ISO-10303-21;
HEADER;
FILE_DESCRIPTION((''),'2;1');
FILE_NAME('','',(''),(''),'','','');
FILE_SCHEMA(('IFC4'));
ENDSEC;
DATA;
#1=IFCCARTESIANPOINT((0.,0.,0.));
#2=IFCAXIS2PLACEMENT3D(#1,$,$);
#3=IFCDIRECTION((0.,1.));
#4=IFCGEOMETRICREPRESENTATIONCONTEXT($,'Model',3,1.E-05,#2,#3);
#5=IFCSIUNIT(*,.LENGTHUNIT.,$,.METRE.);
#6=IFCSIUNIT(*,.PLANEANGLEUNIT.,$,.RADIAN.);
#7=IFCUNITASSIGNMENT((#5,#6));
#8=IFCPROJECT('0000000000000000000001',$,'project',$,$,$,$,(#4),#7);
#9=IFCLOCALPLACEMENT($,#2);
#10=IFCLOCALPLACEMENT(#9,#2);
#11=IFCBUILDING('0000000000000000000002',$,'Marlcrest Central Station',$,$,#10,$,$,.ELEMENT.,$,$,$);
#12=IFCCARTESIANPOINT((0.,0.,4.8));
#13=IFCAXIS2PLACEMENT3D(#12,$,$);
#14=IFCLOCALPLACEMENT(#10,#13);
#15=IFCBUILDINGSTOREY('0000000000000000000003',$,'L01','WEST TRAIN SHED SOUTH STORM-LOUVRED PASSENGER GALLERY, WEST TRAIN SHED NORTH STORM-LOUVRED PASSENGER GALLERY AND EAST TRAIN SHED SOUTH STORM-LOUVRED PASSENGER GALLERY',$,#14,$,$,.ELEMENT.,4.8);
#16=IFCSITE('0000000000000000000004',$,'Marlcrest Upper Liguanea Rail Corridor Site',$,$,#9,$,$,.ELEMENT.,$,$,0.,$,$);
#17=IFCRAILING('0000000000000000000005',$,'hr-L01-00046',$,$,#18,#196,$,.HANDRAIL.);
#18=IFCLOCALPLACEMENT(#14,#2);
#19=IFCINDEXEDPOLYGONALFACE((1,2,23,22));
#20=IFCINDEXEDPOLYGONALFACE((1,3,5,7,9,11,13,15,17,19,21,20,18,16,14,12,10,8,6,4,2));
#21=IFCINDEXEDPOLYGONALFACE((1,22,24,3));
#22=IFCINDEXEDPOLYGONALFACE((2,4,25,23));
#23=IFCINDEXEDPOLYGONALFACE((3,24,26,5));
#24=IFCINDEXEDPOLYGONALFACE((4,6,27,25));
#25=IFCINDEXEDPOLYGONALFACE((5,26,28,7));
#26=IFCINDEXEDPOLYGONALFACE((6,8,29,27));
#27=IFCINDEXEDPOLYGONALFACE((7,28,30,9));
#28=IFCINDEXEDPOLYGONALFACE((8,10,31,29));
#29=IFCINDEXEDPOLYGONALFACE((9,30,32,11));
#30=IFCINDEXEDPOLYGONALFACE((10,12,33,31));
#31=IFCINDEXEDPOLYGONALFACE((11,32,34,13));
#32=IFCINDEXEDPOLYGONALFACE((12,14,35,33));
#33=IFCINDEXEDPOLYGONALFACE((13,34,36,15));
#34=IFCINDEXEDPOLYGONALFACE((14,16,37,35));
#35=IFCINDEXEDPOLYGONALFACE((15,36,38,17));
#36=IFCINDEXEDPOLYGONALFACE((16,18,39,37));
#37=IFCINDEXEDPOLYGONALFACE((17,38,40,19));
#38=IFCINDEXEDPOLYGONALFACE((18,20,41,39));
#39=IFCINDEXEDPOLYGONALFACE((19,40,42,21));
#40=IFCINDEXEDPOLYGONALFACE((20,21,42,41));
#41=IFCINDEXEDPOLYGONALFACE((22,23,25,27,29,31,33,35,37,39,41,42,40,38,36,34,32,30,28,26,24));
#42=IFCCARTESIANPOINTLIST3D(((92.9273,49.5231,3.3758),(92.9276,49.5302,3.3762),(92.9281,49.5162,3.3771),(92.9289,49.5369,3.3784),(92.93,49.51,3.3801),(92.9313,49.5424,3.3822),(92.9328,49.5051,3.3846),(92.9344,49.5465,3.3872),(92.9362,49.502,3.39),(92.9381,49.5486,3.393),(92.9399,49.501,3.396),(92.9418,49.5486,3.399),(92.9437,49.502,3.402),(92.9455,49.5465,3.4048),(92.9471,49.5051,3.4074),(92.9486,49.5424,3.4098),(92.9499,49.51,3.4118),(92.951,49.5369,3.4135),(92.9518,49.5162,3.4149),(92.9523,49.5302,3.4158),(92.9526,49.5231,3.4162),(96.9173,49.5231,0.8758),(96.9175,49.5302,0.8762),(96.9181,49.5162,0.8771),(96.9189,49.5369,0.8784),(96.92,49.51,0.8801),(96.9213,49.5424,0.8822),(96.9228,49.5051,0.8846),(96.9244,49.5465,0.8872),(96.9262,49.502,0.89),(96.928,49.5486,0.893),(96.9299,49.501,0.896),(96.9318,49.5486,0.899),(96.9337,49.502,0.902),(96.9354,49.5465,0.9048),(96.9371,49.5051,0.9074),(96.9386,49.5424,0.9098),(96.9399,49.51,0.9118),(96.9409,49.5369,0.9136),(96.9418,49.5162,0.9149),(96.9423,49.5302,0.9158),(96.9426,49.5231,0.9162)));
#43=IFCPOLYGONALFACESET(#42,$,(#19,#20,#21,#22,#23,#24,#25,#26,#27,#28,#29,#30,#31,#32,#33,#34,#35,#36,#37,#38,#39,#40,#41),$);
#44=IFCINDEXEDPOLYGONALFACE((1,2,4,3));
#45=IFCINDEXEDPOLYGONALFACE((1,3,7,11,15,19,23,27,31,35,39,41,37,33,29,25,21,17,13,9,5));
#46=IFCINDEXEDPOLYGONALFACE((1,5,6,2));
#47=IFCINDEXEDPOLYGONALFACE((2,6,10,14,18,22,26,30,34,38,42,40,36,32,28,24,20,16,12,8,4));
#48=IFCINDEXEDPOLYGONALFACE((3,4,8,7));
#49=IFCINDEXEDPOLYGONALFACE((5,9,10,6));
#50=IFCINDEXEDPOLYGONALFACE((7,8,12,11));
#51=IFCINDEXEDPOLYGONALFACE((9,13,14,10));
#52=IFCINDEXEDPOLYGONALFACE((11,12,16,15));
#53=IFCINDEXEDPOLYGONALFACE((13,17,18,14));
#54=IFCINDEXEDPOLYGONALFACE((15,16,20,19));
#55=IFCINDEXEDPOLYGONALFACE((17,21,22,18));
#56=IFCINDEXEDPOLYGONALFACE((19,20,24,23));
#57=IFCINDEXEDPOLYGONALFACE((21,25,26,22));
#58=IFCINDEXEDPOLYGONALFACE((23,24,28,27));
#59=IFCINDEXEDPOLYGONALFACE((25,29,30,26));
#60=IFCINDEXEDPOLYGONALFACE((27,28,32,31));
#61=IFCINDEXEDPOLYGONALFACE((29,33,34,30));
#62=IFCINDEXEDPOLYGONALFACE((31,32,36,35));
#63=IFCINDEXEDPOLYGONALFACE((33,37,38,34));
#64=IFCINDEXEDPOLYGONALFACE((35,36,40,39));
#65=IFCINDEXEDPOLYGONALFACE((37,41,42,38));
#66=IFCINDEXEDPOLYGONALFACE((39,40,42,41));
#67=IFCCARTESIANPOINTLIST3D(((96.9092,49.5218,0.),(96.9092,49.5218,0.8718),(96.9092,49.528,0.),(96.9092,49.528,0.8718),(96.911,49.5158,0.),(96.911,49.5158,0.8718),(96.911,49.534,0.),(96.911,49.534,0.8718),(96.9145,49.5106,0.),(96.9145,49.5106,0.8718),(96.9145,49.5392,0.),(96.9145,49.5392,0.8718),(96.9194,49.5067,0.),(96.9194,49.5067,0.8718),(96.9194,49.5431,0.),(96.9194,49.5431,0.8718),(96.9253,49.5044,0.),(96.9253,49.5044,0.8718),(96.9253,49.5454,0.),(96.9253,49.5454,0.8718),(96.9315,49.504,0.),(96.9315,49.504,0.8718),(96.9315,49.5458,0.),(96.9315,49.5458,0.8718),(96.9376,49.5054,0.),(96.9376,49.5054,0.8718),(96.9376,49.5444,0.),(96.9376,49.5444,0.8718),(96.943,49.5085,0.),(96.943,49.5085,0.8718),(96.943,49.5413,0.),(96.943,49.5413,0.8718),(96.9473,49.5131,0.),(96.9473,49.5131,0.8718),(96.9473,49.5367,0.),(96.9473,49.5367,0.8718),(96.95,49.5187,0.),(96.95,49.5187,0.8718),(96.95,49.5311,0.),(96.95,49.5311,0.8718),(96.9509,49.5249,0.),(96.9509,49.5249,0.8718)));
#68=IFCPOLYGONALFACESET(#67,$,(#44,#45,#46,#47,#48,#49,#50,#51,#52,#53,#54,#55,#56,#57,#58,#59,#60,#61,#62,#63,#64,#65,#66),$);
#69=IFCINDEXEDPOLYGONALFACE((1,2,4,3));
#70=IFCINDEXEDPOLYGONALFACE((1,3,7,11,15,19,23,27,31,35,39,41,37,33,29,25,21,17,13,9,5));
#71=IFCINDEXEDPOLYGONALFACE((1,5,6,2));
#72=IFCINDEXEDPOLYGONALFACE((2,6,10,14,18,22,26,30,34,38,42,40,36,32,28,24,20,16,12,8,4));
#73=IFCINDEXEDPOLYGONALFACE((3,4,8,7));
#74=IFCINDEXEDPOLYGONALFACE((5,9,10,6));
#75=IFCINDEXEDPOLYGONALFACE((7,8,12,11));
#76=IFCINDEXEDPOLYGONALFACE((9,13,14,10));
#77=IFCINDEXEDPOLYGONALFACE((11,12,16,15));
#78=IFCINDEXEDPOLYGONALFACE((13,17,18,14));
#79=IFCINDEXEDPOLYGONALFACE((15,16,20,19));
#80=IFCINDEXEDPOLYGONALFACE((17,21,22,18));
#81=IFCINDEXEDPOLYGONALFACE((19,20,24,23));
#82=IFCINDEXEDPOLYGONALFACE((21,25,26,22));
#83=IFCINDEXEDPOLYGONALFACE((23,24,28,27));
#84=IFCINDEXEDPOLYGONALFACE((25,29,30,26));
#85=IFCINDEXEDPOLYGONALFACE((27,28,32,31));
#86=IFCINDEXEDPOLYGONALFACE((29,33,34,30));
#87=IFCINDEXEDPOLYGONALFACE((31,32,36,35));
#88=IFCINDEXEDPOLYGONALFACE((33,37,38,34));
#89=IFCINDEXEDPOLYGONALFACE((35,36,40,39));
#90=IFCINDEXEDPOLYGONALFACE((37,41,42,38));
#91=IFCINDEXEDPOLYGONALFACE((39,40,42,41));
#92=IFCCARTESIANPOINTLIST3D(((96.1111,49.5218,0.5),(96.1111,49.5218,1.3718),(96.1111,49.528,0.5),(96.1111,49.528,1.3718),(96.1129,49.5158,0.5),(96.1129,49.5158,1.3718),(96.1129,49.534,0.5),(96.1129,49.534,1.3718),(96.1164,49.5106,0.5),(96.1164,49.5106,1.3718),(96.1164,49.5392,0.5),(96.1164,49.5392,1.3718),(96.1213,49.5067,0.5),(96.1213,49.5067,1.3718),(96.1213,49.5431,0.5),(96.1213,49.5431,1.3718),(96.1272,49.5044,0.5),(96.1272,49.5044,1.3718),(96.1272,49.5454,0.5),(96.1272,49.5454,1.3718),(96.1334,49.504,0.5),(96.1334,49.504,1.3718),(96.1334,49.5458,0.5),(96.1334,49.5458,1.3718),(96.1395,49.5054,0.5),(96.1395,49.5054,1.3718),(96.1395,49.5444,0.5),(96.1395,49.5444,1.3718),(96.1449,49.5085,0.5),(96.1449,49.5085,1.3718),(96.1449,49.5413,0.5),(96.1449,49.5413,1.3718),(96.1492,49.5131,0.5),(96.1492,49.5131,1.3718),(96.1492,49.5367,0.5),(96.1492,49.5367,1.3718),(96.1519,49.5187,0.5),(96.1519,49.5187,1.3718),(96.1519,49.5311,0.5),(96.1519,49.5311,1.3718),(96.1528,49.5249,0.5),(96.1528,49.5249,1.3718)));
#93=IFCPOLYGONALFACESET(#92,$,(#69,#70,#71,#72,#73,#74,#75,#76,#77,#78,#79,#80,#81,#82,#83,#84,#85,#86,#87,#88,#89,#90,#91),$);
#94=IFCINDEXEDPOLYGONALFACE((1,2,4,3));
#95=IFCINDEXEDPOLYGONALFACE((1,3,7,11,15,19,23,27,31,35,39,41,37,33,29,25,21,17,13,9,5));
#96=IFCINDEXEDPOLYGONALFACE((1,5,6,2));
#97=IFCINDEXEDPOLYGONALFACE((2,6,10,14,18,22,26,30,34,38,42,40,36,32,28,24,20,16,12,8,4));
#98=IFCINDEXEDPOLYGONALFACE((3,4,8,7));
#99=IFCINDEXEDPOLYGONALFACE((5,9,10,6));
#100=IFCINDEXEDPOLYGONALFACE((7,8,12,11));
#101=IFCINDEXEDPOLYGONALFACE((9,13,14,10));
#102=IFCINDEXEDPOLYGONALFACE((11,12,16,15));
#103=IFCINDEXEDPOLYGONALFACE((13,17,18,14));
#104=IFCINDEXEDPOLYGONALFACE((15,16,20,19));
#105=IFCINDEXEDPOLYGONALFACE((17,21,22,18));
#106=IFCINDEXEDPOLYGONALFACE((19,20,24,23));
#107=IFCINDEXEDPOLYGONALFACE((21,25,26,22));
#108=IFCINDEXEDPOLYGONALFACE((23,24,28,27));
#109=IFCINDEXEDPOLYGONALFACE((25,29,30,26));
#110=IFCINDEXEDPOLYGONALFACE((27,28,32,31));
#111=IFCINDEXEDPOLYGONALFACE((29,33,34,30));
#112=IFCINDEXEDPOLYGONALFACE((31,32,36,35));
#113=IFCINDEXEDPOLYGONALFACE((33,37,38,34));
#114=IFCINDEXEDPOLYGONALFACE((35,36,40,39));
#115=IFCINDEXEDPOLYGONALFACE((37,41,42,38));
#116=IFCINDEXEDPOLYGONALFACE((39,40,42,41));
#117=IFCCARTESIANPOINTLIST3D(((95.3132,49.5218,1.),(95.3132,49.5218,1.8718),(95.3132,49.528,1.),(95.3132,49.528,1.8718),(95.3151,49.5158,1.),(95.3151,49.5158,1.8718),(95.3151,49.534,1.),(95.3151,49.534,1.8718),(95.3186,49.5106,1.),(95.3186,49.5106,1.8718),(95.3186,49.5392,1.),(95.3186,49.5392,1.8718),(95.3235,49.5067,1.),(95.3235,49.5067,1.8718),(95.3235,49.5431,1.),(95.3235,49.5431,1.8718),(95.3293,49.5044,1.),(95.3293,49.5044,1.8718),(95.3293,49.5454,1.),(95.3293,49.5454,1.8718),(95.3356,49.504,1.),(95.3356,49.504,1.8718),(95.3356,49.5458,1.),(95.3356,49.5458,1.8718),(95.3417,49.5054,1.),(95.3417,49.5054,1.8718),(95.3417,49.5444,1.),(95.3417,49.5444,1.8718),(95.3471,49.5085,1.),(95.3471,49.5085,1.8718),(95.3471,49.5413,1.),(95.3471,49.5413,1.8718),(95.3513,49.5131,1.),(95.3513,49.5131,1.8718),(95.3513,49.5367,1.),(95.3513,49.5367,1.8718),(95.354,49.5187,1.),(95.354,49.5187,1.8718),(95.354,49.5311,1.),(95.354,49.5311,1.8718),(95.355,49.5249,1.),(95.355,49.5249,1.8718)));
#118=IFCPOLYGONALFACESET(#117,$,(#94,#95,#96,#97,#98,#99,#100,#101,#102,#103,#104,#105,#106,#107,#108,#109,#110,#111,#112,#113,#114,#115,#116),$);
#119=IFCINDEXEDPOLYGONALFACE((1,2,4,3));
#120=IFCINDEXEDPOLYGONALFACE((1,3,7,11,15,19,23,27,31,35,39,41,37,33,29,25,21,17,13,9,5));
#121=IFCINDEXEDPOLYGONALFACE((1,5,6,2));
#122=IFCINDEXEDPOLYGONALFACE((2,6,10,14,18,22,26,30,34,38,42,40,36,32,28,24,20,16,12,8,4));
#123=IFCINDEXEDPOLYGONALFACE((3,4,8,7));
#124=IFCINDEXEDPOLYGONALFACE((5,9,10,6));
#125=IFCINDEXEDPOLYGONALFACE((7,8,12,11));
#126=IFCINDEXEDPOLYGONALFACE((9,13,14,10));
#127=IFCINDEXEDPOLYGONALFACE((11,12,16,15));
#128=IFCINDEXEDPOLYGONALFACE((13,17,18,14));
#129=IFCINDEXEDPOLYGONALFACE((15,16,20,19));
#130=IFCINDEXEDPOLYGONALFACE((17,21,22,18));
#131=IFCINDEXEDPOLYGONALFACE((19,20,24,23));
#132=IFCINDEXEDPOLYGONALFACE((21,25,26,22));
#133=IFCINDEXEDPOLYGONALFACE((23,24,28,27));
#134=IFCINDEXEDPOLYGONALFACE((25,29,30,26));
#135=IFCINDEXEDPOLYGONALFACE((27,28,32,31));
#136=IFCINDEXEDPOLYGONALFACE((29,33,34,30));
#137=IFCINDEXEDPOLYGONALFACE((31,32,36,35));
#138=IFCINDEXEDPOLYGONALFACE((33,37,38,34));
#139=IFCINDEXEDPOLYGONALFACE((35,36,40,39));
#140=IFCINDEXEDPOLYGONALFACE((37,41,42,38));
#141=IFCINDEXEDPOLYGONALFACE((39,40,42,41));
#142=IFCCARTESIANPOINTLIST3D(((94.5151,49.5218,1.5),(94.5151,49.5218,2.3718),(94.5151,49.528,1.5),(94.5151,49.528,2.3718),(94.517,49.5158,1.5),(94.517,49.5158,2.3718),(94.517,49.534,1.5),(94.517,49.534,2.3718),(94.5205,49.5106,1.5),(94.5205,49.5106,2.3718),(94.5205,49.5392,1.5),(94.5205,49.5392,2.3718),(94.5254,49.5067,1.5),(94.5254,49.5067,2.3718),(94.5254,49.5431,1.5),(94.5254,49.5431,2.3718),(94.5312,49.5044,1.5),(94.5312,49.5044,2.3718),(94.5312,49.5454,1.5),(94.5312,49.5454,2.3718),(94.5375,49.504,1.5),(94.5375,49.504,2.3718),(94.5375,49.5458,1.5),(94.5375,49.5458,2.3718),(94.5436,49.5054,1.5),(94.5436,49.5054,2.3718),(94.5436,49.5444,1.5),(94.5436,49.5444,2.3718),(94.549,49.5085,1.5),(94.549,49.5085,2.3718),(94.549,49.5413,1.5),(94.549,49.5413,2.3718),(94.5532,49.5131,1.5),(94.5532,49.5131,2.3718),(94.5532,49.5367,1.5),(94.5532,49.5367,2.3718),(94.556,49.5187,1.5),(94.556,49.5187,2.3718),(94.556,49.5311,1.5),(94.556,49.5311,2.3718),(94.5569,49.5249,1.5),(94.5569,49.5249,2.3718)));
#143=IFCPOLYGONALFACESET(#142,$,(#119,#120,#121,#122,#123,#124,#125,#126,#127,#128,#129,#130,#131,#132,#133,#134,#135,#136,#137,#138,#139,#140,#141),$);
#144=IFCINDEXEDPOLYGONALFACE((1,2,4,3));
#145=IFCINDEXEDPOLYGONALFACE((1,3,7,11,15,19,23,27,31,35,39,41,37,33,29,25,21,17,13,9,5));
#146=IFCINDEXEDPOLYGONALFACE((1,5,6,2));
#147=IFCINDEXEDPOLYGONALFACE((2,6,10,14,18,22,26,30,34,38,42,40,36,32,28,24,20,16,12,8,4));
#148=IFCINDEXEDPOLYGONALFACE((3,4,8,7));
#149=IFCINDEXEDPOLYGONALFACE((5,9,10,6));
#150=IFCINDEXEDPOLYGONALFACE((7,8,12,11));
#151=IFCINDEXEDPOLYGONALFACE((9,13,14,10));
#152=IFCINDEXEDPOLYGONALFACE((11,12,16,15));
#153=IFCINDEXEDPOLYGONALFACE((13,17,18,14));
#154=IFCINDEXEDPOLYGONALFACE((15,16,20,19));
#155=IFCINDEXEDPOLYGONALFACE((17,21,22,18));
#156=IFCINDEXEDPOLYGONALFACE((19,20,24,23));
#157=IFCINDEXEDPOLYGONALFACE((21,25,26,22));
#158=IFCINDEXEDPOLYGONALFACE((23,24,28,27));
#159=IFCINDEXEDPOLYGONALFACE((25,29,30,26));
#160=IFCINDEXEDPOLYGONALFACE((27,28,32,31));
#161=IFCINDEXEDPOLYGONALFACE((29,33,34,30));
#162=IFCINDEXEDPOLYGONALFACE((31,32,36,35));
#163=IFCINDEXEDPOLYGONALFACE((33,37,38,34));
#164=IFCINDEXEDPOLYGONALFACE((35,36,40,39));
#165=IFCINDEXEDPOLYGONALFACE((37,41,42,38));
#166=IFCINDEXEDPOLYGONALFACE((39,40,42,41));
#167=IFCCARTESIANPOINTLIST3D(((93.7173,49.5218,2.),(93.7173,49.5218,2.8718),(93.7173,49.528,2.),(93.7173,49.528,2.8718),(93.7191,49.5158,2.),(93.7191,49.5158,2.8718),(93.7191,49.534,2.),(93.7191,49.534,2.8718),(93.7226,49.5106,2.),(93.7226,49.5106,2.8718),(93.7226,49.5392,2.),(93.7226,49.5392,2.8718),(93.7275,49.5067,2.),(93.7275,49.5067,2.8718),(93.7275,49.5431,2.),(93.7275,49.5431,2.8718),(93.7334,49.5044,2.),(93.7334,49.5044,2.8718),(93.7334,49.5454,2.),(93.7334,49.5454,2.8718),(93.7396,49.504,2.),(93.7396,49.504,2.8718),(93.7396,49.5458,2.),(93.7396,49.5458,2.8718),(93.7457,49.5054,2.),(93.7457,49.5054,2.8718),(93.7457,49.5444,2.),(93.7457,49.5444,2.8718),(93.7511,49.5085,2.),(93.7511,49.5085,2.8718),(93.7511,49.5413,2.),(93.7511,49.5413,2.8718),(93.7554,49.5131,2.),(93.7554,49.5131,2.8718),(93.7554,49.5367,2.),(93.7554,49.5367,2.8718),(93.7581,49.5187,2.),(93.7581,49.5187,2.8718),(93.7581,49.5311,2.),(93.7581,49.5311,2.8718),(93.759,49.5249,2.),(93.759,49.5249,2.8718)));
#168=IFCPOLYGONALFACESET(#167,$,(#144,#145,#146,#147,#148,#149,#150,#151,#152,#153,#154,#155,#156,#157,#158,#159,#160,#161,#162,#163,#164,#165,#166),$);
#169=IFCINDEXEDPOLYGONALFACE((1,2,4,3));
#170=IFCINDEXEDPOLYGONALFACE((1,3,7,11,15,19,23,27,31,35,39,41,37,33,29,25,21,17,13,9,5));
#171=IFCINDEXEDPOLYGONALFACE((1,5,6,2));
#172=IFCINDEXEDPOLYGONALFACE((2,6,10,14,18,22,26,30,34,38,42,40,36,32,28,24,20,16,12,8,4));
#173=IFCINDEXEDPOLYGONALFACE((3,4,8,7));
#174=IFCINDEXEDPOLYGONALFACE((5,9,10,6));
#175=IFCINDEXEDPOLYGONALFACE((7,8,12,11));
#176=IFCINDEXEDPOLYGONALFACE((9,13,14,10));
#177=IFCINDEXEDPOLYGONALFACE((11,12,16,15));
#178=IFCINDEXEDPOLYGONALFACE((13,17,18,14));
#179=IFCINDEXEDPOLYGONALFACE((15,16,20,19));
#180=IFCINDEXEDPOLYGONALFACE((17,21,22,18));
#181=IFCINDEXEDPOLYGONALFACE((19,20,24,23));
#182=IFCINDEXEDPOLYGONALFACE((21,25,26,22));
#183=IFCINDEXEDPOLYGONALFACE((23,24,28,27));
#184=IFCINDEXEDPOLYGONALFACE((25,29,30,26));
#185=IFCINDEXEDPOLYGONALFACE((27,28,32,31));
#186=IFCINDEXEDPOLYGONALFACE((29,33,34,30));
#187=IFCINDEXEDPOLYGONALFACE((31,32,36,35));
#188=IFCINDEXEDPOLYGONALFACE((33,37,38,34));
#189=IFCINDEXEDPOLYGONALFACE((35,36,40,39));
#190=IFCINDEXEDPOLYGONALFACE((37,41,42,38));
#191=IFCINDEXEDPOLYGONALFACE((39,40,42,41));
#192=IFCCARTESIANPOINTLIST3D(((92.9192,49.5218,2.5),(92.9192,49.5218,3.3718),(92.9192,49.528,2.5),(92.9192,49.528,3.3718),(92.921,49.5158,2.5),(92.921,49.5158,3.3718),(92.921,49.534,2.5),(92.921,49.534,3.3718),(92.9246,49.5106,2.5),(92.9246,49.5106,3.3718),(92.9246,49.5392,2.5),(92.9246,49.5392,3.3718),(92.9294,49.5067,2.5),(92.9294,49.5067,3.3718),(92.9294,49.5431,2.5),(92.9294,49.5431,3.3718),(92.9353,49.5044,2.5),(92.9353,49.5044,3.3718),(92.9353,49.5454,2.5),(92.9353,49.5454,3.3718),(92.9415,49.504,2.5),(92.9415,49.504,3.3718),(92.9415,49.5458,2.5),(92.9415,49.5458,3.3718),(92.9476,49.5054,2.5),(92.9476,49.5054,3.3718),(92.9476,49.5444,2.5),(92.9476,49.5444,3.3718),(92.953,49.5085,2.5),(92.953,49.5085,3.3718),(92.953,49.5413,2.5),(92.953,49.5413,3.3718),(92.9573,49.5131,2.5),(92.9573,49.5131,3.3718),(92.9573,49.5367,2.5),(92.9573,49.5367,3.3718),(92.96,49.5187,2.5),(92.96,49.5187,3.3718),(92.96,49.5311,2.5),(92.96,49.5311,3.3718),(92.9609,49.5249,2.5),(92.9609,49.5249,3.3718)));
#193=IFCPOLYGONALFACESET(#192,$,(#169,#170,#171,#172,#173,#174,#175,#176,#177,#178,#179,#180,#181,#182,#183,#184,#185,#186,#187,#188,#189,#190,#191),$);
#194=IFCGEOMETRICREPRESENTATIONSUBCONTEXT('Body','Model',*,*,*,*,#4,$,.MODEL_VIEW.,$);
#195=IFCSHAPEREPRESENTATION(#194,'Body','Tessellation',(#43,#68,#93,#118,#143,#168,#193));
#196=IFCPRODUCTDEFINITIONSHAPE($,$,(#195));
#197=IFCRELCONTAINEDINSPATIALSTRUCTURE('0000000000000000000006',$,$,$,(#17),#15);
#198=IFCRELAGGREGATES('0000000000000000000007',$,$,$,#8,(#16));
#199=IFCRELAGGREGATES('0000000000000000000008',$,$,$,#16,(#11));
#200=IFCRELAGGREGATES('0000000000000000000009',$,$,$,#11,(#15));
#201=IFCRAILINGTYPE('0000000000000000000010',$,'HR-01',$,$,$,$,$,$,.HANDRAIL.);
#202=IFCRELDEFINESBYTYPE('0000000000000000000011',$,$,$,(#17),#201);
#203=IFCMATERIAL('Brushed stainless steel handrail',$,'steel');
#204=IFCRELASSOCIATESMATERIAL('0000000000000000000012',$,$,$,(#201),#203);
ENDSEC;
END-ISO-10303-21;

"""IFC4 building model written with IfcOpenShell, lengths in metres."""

from ifc_helpers import new_model, si_unit, direction, frame, origin, origin_2d, place, context, subcontext, project, spatial, circle, extrude, material, type_object, element, save


model = new_model("IFC4")

# Units and contexts
model_context = context("Model", 3, precision=1e-05, world=origin(), true_north=direction((0.0, 1.0)))
body_context = subcontext(model_context, "Body", "Model", "MODEL_VIEW")
ifc_project = project(units=[si_unit("LENGTHUNIT", "METRE"), si_unit("PLANEANGLEUNIT", "RADIAN")], contexts=[model_context])

# Site, building, storey
site_placement = place(None, origin())
site = spatial("IfcSite", under=ifc_project, at=site_placement, Name="Marlcrest Upper Liguanea Rail Corridor Site", CompositionType="ELEMENT", RefElevation=0.0)
building_placement = place(site_placement, origin())
building = spatial("IfcBuilding", under=site, at=building_placement, Name="Marlcrest Central Station", CompositionType="ELEMENT")
storey_placement = place(building_placement, frame((0.0, 0.0, 4.8)))
storey = spatial("IfcBuildingStorey", under=building, at=storey_placement, Name="L01", Description="WEST TRAIN SHED SOUTH STORM-LOUVRED PASSENGER GALLERY, WEST TRAIN SHED NORTH STORM-LOUVRED PASSENGER GALLERY AND EAST TRAIN SHED SOUTH STORM-LOUVRED PASSENGER GALLERY", CompositionType="ELEMENT", Elevation=4.8)

# Railing
ifc_material_1 = material(Name="Brushed stainless steel handrail", Category="steel")
railing_type_1 = type_object("IfcRailingType", Name="HR-01", PredefinedType="HANDRAIL", material=ifc_material_1)
railing_1_placement = place(storey_placement, frame((96.9299, 49.5249, 0.0)))
element("IfcRailing", 1, at=railing_1_placement, inside=storey, type_object=railing_type_1, Name="hr-L01-00046", PredefinedType="HANDRAIL", context=body_context, shape_type="SweptSolid", body=[
    extrude(circle(Radius=0.0239, at=origin_2d()), frame((0.0, 0.0, 0.896), z_axis=(-0.847401, 0.0, 0.530954), x_axis=(0.0, -1.0, 0.0)), (0.0, 0.0, 1.0), 4.7085),
    extrude(circle(Radius=0.021, at=origin_2d()), origin(), (0.0, 0.0, 1.0), 0.8718),
    extrude(circle(Radius=0.021, at=origin_2d()), frame((-0.7981, 0.0, 0.5)), (0.0, 0.0, 1.0), 0.8718),
    extrude(circle(Radius=0.021, at=origin_2d()), frame((-1.5959, 0.0, 1.0)), (0.0, 0.0, 1.0), 0.8718),
    extrude(circle(Radius=0.021, at=origin_2d()), frame((-2.394, 0.0, 1.5)), (0.0, 0.0, 1.0), 0.8718),
    extrude(circle(Radius=0.021, at=origin_2d()), frame((-3.1919, 0.0, 2.0)), (0.0, 0.0, 1.0), 0.8718),
    extrude(circle(Radius=0.021, at=origin_2d()), frame((-3.99, 0.0, 2.5)), (0.0, 0.0, 1.0), 0.8718),
])

save(model, "model.ifc")
